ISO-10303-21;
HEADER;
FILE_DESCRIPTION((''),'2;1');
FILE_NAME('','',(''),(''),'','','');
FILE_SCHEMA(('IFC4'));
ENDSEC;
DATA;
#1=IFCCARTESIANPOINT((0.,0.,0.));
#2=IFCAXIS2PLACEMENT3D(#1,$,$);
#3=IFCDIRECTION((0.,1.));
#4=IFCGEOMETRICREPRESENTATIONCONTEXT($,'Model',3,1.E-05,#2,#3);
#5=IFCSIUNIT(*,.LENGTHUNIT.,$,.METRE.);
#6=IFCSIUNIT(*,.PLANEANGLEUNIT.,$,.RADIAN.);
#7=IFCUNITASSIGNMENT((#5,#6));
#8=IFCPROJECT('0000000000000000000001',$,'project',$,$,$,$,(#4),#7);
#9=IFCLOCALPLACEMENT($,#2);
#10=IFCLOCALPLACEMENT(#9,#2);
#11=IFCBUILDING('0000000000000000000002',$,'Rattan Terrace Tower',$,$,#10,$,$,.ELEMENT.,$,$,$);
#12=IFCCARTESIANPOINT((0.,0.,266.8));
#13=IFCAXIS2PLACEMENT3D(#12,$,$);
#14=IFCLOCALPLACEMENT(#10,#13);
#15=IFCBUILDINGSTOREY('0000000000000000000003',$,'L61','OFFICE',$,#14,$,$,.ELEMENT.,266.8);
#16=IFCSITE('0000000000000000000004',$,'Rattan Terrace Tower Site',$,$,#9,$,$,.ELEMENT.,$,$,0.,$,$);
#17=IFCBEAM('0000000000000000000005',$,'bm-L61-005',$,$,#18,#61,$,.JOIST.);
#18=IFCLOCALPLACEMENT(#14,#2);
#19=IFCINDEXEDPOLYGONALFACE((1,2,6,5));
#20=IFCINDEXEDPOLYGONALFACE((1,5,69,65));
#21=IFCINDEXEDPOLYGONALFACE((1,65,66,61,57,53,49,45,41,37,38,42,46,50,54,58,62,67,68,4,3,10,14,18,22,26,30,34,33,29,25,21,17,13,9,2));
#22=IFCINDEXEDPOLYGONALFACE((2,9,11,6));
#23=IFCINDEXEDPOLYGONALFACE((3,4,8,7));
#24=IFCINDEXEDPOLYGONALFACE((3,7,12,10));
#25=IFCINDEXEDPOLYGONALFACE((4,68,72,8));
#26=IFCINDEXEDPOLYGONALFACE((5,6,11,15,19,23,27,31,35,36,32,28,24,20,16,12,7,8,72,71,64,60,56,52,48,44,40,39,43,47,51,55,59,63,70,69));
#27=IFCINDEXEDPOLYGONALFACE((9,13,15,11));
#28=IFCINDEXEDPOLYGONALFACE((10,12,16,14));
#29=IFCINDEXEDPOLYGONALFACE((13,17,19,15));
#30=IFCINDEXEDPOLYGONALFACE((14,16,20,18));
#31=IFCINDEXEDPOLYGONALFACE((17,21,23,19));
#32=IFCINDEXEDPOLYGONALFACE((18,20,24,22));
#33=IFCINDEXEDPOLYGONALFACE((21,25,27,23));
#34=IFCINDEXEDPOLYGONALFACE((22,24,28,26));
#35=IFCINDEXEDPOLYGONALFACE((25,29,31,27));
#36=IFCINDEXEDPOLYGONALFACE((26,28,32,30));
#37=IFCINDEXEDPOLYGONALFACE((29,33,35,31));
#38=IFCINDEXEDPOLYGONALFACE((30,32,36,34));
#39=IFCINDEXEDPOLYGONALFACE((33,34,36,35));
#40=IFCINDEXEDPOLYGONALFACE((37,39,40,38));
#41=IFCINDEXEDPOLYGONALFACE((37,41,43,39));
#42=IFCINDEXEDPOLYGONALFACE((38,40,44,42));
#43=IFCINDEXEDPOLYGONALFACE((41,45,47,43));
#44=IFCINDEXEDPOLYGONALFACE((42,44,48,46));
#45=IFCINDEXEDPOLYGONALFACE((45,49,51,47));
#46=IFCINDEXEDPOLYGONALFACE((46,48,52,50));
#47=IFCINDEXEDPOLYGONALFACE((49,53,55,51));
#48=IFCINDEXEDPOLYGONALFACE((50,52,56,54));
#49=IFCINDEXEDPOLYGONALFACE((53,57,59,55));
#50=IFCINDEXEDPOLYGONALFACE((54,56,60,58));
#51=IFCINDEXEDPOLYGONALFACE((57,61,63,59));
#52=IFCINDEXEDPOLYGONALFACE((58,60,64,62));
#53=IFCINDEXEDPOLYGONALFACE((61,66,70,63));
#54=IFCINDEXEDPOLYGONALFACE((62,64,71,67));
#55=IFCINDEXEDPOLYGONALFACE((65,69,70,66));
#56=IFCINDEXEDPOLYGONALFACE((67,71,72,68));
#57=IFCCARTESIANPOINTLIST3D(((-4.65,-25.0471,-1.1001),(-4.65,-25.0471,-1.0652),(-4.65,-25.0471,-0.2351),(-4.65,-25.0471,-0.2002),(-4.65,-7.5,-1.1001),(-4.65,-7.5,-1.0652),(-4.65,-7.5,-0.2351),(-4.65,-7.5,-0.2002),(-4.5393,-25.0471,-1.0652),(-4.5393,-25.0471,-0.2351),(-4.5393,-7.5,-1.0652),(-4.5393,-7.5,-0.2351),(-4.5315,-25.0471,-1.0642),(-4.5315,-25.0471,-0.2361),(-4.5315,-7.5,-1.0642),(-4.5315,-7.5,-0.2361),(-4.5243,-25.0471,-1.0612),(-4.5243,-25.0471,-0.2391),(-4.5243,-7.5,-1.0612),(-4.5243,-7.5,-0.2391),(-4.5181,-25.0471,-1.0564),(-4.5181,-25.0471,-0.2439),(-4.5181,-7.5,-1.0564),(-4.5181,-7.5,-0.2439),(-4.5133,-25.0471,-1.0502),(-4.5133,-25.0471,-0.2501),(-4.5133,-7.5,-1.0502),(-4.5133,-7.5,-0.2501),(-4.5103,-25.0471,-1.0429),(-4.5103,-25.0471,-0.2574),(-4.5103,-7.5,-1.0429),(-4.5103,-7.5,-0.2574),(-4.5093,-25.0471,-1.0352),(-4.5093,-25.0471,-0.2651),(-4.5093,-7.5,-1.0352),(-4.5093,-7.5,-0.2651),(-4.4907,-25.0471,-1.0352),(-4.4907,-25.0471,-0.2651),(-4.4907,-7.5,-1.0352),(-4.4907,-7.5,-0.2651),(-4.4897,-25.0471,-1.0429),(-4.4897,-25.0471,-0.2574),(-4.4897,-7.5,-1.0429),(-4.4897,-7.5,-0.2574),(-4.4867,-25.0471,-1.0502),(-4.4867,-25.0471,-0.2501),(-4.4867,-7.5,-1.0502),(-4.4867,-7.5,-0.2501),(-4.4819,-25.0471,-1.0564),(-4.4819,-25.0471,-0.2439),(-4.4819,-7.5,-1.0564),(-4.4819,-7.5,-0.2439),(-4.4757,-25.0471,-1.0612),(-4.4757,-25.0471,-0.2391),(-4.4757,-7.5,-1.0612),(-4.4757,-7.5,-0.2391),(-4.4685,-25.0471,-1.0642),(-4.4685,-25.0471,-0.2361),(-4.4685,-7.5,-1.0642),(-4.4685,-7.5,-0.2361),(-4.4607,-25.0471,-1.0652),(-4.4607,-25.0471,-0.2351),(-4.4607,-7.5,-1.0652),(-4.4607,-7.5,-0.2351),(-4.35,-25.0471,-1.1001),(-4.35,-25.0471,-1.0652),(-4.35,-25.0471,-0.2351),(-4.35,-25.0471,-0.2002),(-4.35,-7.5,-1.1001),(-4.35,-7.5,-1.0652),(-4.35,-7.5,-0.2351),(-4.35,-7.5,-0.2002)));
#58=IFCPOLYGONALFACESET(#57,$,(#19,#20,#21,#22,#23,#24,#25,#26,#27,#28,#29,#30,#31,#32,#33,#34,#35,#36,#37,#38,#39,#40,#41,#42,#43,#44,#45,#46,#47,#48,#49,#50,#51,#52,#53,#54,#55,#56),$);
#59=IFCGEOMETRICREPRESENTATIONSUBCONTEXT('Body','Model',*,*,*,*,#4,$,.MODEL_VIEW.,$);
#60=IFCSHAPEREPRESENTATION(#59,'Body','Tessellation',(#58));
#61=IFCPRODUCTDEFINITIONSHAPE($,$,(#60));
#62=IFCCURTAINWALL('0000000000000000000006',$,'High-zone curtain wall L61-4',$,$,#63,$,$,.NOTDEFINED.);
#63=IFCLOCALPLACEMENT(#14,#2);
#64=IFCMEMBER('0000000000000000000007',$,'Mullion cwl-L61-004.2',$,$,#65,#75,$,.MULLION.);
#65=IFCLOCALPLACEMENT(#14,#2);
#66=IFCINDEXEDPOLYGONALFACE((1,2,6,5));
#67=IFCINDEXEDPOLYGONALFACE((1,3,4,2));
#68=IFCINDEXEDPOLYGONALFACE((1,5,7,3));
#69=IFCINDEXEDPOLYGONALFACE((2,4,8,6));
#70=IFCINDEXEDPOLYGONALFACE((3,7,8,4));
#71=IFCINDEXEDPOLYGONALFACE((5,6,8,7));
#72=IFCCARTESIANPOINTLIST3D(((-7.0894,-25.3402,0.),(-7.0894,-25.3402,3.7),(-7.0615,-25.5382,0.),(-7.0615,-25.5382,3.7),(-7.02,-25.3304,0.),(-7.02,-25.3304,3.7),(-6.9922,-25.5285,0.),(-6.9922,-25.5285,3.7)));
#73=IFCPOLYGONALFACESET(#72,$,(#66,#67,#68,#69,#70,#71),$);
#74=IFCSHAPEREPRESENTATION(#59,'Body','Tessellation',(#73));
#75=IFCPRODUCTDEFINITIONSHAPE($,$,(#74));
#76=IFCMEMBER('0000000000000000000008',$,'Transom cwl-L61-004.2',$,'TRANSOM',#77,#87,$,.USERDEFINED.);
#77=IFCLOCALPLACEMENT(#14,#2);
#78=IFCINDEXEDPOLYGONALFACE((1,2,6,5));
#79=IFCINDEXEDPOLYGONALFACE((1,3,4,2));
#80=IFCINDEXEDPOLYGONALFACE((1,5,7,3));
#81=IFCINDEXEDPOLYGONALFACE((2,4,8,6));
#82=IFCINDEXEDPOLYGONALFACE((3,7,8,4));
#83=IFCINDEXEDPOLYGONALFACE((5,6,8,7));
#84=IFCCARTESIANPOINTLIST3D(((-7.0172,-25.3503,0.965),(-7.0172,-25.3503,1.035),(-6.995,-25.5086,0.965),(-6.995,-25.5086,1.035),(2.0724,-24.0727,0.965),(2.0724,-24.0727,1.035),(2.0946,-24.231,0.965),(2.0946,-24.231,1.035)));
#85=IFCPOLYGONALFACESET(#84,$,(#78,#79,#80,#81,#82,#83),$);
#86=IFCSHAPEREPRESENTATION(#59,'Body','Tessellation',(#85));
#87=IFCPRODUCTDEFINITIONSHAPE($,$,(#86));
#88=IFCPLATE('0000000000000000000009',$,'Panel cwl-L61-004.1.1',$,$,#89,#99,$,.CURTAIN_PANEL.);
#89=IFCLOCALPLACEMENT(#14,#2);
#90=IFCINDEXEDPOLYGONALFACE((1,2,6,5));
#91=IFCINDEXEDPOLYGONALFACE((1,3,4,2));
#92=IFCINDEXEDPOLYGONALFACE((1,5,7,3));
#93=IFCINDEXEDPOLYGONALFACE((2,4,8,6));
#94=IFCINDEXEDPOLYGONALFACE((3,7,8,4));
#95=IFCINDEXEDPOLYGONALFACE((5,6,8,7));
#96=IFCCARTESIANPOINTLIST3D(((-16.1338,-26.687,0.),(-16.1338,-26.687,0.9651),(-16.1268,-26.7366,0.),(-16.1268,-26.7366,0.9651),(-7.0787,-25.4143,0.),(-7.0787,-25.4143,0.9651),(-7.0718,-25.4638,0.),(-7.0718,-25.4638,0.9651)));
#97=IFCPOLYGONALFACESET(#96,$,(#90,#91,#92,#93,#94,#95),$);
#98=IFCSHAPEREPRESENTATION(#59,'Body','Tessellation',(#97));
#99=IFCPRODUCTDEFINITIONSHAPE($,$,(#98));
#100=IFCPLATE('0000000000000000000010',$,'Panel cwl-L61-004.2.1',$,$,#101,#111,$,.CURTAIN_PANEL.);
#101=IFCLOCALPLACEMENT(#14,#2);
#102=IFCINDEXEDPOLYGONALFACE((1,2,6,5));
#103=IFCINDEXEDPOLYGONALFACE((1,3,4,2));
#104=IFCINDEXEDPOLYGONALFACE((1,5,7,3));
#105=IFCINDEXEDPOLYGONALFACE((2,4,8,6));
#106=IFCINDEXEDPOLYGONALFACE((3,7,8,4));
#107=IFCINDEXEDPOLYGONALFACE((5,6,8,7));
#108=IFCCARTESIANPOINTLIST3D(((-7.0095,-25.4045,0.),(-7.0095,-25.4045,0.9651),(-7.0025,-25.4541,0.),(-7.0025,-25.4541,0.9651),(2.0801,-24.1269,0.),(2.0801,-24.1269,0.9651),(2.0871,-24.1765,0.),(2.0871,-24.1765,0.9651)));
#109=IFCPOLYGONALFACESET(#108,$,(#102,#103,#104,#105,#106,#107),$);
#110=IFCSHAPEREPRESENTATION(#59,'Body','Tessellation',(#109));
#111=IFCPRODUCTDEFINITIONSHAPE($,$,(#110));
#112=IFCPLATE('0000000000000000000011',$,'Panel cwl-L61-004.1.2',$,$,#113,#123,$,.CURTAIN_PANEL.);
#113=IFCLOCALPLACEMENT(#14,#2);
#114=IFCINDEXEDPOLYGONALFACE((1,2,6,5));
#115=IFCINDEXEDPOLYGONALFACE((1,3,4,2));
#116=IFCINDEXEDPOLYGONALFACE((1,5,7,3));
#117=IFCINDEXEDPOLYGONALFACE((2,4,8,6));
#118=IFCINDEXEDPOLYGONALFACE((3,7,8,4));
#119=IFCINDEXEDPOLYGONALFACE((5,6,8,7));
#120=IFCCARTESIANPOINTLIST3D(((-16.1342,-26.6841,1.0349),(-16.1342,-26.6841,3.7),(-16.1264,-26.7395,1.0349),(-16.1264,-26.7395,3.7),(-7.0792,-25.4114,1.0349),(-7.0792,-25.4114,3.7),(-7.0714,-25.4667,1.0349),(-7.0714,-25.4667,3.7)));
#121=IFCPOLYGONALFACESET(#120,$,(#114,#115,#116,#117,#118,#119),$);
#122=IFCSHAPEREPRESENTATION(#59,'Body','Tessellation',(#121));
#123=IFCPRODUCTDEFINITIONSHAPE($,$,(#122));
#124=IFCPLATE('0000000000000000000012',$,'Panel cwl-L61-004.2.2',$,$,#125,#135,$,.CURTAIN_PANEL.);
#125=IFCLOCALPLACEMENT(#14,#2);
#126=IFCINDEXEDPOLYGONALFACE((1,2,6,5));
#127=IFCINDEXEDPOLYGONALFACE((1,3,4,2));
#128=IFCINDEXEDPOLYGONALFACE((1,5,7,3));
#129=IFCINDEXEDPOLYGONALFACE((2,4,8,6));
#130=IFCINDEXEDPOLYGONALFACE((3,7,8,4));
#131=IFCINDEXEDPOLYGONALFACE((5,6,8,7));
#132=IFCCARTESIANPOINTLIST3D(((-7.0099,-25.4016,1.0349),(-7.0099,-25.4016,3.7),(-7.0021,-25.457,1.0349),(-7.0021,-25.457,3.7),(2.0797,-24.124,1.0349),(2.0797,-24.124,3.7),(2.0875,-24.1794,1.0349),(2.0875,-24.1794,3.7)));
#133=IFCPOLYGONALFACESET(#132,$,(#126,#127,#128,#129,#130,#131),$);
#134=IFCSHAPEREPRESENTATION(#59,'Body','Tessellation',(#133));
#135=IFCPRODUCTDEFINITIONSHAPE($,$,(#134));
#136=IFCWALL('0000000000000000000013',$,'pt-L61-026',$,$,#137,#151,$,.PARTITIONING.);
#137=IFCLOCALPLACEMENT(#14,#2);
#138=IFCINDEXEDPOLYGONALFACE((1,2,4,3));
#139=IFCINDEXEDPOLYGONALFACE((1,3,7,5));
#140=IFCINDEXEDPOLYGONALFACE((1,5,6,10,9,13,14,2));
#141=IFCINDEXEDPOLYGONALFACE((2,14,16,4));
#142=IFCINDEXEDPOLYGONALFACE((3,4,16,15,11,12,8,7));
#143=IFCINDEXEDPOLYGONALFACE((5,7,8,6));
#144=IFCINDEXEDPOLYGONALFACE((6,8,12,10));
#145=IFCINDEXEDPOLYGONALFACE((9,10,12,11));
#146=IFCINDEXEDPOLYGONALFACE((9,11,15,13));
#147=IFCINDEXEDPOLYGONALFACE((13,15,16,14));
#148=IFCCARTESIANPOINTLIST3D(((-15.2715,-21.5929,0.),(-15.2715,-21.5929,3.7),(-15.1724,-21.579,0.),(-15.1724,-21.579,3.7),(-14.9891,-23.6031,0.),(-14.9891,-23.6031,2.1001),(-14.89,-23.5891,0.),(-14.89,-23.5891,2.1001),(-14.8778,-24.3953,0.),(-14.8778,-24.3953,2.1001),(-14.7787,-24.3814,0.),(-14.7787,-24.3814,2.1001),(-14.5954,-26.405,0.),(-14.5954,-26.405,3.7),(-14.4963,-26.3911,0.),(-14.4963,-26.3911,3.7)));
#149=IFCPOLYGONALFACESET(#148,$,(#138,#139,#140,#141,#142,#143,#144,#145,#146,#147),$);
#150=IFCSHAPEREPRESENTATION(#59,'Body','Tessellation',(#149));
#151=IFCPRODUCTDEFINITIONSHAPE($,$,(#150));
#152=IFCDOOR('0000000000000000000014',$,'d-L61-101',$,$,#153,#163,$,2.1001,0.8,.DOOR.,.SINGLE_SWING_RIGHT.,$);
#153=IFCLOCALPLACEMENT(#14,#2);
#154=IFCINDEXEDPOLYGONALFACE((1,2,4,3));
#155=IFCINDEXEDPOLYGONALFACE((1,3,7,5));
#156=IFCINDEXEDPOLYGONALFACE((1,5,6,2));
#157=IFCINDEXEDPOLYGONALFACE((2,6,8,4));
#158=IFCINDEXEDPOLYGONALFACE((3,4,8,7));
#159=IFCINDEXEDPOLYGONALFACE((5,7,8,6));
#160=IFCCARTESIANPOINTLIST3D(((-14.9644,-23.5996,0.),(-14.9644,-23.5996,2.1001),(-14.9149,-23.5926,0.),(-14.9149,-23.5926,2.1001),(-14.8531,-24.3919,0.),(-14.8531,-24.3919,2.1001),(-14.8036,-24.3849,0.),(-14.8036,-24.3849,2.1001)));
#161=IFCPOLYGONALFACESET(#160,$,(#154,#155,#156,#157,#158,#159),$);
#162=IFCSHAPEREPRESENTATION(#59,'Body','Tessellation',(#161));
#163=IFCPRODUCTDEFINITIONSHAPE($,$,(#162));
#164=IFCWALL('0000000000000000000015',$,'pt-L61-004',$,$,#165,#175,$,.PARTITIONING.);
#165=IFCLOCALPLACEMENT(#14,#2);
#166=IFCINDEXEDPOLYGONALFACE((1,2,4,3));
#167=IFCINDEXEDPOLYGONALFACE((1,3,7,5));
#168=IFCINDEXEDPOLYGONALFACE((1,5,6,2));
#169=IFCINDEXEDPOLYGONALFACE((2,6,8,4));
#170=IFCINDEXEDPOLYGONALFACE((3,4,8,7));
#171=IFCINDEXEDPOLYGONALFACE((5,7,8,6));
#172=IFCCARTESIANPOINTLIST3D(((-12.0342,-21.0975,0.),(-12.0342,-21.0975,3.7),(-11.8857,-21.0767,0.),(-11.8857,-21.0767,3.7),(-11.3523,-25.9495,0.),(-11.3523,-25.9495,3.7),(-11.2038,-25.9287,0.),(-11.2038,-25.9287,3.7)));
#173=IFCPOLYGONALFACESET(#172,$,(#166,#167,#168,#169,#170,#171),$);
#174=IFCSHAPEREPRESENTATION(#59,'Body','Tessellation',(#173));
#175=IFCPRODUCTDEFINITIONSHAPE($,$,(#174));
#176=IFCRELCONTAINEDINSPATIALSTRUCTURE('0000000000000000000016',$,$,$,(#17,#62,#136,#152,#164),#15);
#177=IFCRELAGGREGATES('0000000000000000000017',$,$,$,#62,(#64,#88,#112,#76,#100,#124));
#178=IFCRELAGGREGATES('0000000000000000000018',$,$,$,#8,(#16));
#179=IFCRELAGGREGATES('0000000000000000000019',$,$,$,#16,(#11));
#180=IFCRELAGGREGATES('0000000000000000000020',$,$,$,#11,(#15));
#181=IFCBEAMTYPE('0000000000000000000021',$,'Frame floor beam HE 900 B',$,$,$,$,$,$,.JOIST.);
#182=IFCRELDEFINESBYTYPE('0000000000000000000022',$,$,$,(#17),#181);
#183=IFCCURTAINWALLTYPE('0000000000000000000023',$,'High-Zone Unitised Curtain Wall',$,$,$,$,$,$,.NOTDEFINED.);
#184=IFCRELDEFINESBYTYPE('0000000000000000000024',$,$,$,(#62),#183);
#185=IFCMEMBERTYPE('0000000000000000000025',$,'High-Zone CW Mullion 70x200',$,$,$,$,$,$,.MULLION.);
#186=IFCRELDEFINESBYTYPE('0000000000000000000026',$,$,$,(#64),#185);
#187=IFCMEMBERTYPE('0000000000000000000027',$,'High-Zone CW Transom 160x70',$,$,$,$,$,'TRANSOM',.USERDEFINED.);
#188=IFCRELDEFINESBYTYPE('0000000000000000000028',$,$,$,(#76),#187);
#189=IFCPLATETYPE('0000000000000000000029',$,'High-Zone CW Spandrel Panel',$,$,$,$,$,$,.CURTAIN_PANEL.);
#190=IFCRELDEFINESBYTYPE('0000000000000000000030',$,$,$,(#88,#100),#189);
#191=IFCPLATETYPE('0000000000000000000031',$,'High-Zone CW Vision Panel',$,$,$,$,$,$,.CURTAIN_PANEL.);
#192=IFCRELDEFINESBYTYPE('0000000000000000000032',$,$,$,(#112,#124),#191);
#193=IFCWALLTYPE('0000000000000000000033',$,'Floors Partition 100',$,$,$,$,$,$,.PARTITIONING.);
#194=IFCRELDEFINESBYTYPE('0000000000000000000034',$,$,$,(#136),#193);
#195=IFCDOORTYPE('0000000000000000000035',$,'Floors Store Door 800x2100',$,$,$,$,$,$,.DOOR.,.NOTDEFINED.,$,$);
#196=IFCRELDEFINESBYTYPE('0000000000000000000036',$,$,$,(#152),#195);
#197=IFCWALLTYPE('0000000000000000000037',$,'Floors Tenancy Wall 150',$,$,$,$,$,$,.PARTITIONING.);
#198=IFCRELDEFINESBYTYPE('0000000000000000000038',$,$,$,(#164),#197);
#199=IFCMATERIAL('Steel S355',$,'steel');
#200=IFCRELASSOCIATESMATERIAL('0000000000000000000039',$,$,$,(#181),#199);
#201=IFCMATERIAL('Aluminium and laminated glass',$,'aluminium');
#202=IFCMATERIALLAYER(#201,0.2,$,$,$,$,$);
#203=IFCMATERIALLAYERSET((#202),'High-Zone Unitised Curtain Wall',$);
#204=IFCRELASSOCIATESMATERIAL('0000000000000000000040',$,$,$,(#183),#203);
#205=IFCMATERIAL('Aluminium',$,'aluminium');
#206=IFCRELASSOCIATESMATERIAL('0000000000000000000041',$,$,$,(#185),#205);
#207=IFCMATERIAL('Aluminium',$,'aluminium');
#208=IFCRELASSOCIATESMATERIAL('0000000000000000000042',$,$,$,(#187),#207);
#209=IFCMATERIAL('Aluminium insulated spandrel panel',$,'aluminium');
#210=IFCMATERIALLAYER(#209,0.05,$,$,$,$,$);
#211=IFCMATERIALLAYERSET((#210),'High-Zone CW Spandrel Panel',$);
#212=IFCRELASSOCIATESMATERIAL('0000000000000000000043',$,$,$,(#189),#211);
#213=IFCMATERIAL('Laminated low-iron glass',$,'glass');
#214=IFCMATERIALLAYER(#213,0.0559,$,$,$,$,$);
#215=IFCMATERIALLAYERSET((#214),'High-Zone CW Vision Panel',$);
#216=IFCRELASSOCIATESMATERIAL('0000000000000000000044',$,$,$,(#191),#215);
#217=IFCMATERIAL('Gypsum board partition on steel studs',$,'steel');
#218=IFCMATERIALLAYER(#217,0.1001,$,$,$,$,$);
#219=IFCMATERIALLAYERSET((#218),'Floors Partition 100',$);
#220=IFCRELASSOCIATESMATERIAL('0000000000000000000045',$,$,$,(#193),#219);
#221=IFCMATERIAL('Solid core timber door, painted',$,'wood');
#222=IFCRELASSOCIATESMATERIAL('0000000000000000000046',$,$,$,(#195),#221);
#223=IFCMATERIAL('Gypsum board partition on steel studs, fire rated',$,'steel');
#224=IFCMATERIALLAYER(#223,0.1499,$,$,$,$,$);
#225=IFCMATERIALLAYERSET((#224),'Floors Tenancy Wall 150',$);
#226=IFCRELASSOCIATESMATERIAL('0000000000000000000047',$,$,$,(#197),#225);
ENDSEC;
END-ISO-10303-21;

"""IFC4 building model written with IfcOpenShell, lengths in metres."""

from ifc_helpers import new_model, si_unit, direction, frame, frame_2d, origin, origin_2d, place, context, subcontext, project, spatial, rectangle, i_section, extrude, material, layer, layer_set, material_profile, profile_set, type_object, element, fill, aggregate, save


model = new_model("IFC4")

# Units and contexts
model_context = context("Model", 3, precision=1e-05, world=origin(), true_north=direction((0.0, 1.0)))
body_context = subcontext(model_context, "Body", "Model", "MODEL_VIEW")
ifc_project = project(units=[si_unit("LENGTHUNIT", "METRE"), si_unit("PLANEANGLEUNIT", "RADIAN")], contexts=[model_context])

# Site, building, storey
site_placement = place(None, origin())
site = spatial("IfcSite", under=ifc_project, at=site_placement, Name="Rattan Terrace Tower Site", CompositionType="ELEMENT", RefElevation=0.0)
building_placement = place(site_placement, origin())
building = spatial("IfcBuilding", under=site, at=building_placement, Name="Rattan Terrace Tower", CompositionType="ELEMENT")
storey_placement = place(building_placement, frame((0.0, 0.0, 266.8)))
storey = spatial("IfcBuildingStorey", under=building, at=storey_placement, Name="L61", Description="OFFICE", CompositionType="ELEMENT", Elevation=266.8)

# Beam
ifc_material_1 = material(Name="Steel S355", Category="steel")
ifc_material_profile_1 = material_profile(ifc_material_1, i_section(OverallWidth=0.3, OverallDepth=0.8999, WebThickness=0.0186, FlangeThickness=0.0349, FilletRadius=0.03, at=origin_2d()), Name="HE 900 B")
ifc_profile_set_1 = profile_set([ifc_material_profile_1], Name="Steel S355")
beam_type_1 = type_object("IfcBeamType", Name="Frame floor beam HE 900 B", PredefinedType="JOIST", material=ifc_profile_set_1)
beam_1_placement = place(storey_placement, frame((-4.5, -25.0471, -0.6501), z_axis=(0.0, 1.0, 0.0), x_axis=(-1.0, 0.0, 0.0)))
element("IfcBeam", 1, at=beam_1_placement, inside=storey, type_object=beam_type_1, Name="bm-L61-005", PredefinedType="JOIST", context=body_context, shape_type="SweptSolid", body=[
    extrude(i_section(OverallWidth=0.3, OverallDepth=0.8999, WebThickness=0.0186, FlangeThickness=0.0349, FilletRadius=0.03, at=origin_2d()), origin(), (0.0, 0.0, 1.0), 17.5471),
])

# Curtain wall, members, plates
ifc_material_2 = material(Name="Aluminium and laminated glass", Category="aluminium")
ifc_layer_1 = layer(ifc_material_2, 0.2)
ifc_layer_set_1 = layer_set([ifc_layer_1], Name="High-Zone Unitised Curtain Wall")
curtain_wall_type = type_object("IfcCurtainWallType", Name="High-Zone Unitised Curtain Wall", PredefinedType="NOTDEFINED", material=ifc_layer_set_1)
curtain_wall_placement = place(storey_placement, origin())
curtain_wall = element("IfcCurtainWall", 2, at=curtain_wall_placement, inside=storey, type_object=curtain_wall_type, Name="High-zone curtain wall L61-4", PredefinedType="NOTDEFINED")
ifc_material_3 = material(Name="Aluminium", Category="aluminium")
ifc_material_profile_2 = material_profile(ifc_material_3, rectangle(XDim=0.0701, YDim=0.2, at=origin_2d()), Name="Aluminium 70x200")
ifc_profile_set_2 = profile_set([ifc_material_profile_2], Name="Aluminium")
member_type_1 = type_object("IfcMemberType", Name="High-Zone CW Mullion 70x200", PredefinedType="MULLION", material=ifc_profile_set_2)
member_1_placement = place(storey_placement, frame((-7.0408, -25.4343, 0.0), z_axis=(0.0, 0.0, 1.0), x_axis=(0.990266, 0.139189, 0.0)))
member_1 = element("IfcMember", 3, at=member_1_placement, type_object=member_type_1, Name="Mullion cwl-L61-004.2", PredefinedType="MULLION", context=body_context, shape_type="SweptSolid", body=[
    extrude(rectangle(XDim=0.0701, YDim=0.2, at=origin_2d()), origin(), (0.0, 0.0, 1.0), 3.7),
])
ifc_material_4 = material(Name="Aluminium", Category="aluminium")
ifc_material_profile_3 = material_profile(ifc_material_4, rectangle(XDim=0.1599, YDim=0.0701, at=origin_2d()), Name="Aluminium 160x70")
ifc_profile_set_3 = profile_set([ifc_material_profile_3], Name="Aluminium")
member_type_2 = type_object("IfcMemberType", Name="High-Zone CW Transom 160x70", ElementType="TRANSOM", PredefinedType="USERDEFINED", material=ifc_profile_set_3)
member_2_placement = place(storey_placement, frame((-7.0061, -25.4294, 1.0), z_axis=(0.990266, 0.139187, 0.0), x_axis=(-0.139187, 0.990266, 0.0)))
member_2 = element("IfcMember", 4, at=member_2_placement, type_object=member_type_2, Name="Transom cwl-L61-004.2", ObjectType="TRANSOM", PredefinedType="USERDEFINED", context=body_context, shape_type="SweptSolid", body=[
    extrude(rectangle(XDim=0.1599, YDim=0.0701, at=origin_2d()), origin(), (0.0, 0.0, 1.0), 9.179),
])
ifc_material_5 = material(Name="Aluminium insulated spandrel panel", Category="aluminium")
ifc_layer_2 = layer(ifc_material_5, 0.05)
ifc_layer_set_2 = layer_set([ifc_layer_2], Name="High-Zone CW Spandrel Panel")
plate_type_1 = type_object("IfcPlateType", Name="High-Zone CW Spandrel Panel", PredefinedType="CURTAIN_PANEL", material=ifc_layer_set_2)
plate_1_placement = place(storey_placement, frame((-11.6028, -26.0754, 0.0), z_axis=(0.0, 0.0, 1.0), x_axis=(0.990266, 0.139189, 0.0)))
plate_1 = element("IfcPlate", 5, at=plate_1_placement, type_object=plate_type_1, Name="Panel cwl-L61-004.1.1", PredefinedType="CURTAIN_PANEL", context=body_context, shape_type="SweptSolid", body=[
    extrude(rectangle(XDim=9.144, YDim=0.05, at=origin_2d()), origin(), (0.0, 0.0, 1.0), 0.9651),
])
plate_2_placement = place(storey_placement, frame((-2.4612, -24.7905, 0.0), z_axis=(0.0, 0.0, 1.0), x_axis=(0.990266, 0.139189, 0.0)))
plate_2 = element("IfcPlate", 6, at=plate_2_placement, type_object=plate_type_1, Name="Panel cwl-L61-004.2.1", PredefinedType="CURTAIN_PANEL", context=body_context, shape_type="SweptSolid", body=[
    extrude(rectangle(XDim=9.179, YDim=0.05, at=origin_2d()), origin(), (0.0, 0.0, 1.0), 0.9651),
])
ifc_material_6 = material(Name="Laminated low-iron glass", Category="glass")
ifc_layer_3 = layer(ifc_material_6, 0.0559)
ifc_layer_set_3 = layer_set([ifc_layer_3], Name="High-Zone CW Vision Panel")
plate_type_2 = type_object("IfcPlateType", Name="High-Zone CW Vision Panel", PredefinedType="CURTAIN_PANEL", material=ifc_layer_set_3)
plate_3_placement = place(storey_placement, frame((-11.6028, -26.0754, 1.0349), z_axis=(0.0, 0.0, 1.0), x_axis=(0.990266, 0.139189, 0.0)))
plate_3 = element("IfcPlate", 7, at=plate_3_placement, type_object=plate_type_2, Name="Panel cwl-L61-004.1.2", PredefinedType="CURTAIN_PANEL", context=body_context, shape_type="SweptSolid", body=[
    extrude(rectangle(XDim=9.144, YDim=0.0559, at=origin_2d()), origin(), (0.0, 0.0, 1.0), 2.665),
])
plate_4_placement = place(storey_placement, frame((-2.4612, -24.7905, 1.0349), z_axis=(0.0, 0.0, 1.0), x_axis=(0.990266, 0.139189, 0.0)))
plate_4 = element("IfcPlate", 8, at=plate_4_placement, type_object=plate_type_2, Name="Panel cwl-L61-004.2.2", PredefinedType="CURTAIN_PANEL", context=body_context, shape_type="SweptSolid", body=[
    extrude(rectangle(XDim=9.179, YDim=0.0559, at=origin_2d()), origin(), (0.0, 0.0, 1.0), 2.665),
])
aggregate(curtain_wall, [member_1, plate_1, plate_3, member_2, plate_2, plate_4])

# Wall, opening, door
ifc_material_7 = material(Name="Gypsum board partition on steel studs", Category="steel")
ifc_layer_4 = layer(ifc_material_7, 0.1001)
ifc_layer_set_4 = layer_set([ifc_layer_4], Name="Floors Partition 100")
wall_type_1 = type_object("IfcWallType", Name="Floors Partition 100", PredefinedType="PARTITIONING", material=ifc_layer_set_4)
wall_1_placement = place(storey_placement, frame((-15.2219, -21.5859, 0.0), z_axis=(0.0, 0.0, 1.0), x_axis=(0.139121, -0.990275, 0.0)))
wall_1 = element("IfcWall", 9, at=wall_1_placement, inside=storey, type_object=wall_type_1, Name="pt-L61-026", PredefinedType="PARTITIONING", context=body_context, shape_type="SweptSolid", body=[
    extrude(rectangle(XDim=4.8594, YDim=0.1001, at=frame_2d((2.4297, 0.0))), origin(), (0.0, 0.0, 1.0), 3.7),
])
opening_placement = place(wall_1_placement, frame((2.03, 0.0, 0.0)))
opening = element("IfcOpeningElement", 10, at=opening_placement, cuts=wall_1, PredefinedType="OPENING", context=body_context, shape_type="SweptSolid", body=[
    extrude(rectangle(XDim=0.8, YDim=2.1001, at=frame_2d((0.3999, 1.05))), frame((0.0, 0.0605, 0.0), z_axis=(0.0, -1.0, 0.0), x_axis=(1.0, 0.0, 0.0)), (0.0, 0.0, 1.0), 0.1211),
])
ifc_material_8 = material(Name="Solid core timber door, painted", Category="wood")
door_type = type_object("IfcDoorType", Name="Floors Store Door 800x2100", OperationType="NOTDEFINED", PredefinedType="DOOR", material=ifc_material_8)
door_placement = place(opening_placement, origin())
door = element("IfcDoor", 11, at=door_placement, inside=storey, type_object=door_type, Name="d-L61-101", OperationType="SINGLE_SWING_RIGHT", OverallHeight=2.1001, OverallWidth=0.8, PredefinedType="DOOR", context=body_context, shape_type="SweptSolid", body=[
    extrude(rectangle(XDim=0.8, YDim=2.1001, at=frame_2d((0.3999, 1.05))), frame((0.0, 0.0249, 0.0), z_axis=(0.0, -1.0, 0.0), x_axis=(1.0, 0.0, 0.0)), (0.0, 0.0, 1.0), 0.05),
])
fill(opening, door)

# Wall
ifc_material_9 = material(Name="Gypsum board partition on steel studs, fire rated", Category="steel")
ifc_layer_5 = layer(ifc_material_9, 0.1499)
ifc_layer_set_5 = layer_set([ifc_layer_5], Name="Floors Tenancy Wall 150")
wall_type_2 = type_object("IfcWallType", Name="Floors Tenancy Wall 150", PredefinedType="PARTITIONING", material=ifc_layer_set_5)
wall_2_placement = place(storey_placement, frame((-11.2781, -25.939, 0.0), z_axis=(0.0, 0.0, 1.0), x_axis=(-0.139168, 0.990269, 0.0)))
element("IfcWall", 12, at=wall_2_placement, inside=storey, type_object=wall_type_2, Name="pt-L61-004", PredefinedType="PARTITIONING", context=body_context, shape_type="SweptSolid", body=[
    extrude(rectangle(XDim=4.8997, YDim=0.1499, at=frame_2d((2.4497, 0.0))), origin(), (0.0, 0.0, 1.0), 3.7),
])

save(model, "model.ifc")
